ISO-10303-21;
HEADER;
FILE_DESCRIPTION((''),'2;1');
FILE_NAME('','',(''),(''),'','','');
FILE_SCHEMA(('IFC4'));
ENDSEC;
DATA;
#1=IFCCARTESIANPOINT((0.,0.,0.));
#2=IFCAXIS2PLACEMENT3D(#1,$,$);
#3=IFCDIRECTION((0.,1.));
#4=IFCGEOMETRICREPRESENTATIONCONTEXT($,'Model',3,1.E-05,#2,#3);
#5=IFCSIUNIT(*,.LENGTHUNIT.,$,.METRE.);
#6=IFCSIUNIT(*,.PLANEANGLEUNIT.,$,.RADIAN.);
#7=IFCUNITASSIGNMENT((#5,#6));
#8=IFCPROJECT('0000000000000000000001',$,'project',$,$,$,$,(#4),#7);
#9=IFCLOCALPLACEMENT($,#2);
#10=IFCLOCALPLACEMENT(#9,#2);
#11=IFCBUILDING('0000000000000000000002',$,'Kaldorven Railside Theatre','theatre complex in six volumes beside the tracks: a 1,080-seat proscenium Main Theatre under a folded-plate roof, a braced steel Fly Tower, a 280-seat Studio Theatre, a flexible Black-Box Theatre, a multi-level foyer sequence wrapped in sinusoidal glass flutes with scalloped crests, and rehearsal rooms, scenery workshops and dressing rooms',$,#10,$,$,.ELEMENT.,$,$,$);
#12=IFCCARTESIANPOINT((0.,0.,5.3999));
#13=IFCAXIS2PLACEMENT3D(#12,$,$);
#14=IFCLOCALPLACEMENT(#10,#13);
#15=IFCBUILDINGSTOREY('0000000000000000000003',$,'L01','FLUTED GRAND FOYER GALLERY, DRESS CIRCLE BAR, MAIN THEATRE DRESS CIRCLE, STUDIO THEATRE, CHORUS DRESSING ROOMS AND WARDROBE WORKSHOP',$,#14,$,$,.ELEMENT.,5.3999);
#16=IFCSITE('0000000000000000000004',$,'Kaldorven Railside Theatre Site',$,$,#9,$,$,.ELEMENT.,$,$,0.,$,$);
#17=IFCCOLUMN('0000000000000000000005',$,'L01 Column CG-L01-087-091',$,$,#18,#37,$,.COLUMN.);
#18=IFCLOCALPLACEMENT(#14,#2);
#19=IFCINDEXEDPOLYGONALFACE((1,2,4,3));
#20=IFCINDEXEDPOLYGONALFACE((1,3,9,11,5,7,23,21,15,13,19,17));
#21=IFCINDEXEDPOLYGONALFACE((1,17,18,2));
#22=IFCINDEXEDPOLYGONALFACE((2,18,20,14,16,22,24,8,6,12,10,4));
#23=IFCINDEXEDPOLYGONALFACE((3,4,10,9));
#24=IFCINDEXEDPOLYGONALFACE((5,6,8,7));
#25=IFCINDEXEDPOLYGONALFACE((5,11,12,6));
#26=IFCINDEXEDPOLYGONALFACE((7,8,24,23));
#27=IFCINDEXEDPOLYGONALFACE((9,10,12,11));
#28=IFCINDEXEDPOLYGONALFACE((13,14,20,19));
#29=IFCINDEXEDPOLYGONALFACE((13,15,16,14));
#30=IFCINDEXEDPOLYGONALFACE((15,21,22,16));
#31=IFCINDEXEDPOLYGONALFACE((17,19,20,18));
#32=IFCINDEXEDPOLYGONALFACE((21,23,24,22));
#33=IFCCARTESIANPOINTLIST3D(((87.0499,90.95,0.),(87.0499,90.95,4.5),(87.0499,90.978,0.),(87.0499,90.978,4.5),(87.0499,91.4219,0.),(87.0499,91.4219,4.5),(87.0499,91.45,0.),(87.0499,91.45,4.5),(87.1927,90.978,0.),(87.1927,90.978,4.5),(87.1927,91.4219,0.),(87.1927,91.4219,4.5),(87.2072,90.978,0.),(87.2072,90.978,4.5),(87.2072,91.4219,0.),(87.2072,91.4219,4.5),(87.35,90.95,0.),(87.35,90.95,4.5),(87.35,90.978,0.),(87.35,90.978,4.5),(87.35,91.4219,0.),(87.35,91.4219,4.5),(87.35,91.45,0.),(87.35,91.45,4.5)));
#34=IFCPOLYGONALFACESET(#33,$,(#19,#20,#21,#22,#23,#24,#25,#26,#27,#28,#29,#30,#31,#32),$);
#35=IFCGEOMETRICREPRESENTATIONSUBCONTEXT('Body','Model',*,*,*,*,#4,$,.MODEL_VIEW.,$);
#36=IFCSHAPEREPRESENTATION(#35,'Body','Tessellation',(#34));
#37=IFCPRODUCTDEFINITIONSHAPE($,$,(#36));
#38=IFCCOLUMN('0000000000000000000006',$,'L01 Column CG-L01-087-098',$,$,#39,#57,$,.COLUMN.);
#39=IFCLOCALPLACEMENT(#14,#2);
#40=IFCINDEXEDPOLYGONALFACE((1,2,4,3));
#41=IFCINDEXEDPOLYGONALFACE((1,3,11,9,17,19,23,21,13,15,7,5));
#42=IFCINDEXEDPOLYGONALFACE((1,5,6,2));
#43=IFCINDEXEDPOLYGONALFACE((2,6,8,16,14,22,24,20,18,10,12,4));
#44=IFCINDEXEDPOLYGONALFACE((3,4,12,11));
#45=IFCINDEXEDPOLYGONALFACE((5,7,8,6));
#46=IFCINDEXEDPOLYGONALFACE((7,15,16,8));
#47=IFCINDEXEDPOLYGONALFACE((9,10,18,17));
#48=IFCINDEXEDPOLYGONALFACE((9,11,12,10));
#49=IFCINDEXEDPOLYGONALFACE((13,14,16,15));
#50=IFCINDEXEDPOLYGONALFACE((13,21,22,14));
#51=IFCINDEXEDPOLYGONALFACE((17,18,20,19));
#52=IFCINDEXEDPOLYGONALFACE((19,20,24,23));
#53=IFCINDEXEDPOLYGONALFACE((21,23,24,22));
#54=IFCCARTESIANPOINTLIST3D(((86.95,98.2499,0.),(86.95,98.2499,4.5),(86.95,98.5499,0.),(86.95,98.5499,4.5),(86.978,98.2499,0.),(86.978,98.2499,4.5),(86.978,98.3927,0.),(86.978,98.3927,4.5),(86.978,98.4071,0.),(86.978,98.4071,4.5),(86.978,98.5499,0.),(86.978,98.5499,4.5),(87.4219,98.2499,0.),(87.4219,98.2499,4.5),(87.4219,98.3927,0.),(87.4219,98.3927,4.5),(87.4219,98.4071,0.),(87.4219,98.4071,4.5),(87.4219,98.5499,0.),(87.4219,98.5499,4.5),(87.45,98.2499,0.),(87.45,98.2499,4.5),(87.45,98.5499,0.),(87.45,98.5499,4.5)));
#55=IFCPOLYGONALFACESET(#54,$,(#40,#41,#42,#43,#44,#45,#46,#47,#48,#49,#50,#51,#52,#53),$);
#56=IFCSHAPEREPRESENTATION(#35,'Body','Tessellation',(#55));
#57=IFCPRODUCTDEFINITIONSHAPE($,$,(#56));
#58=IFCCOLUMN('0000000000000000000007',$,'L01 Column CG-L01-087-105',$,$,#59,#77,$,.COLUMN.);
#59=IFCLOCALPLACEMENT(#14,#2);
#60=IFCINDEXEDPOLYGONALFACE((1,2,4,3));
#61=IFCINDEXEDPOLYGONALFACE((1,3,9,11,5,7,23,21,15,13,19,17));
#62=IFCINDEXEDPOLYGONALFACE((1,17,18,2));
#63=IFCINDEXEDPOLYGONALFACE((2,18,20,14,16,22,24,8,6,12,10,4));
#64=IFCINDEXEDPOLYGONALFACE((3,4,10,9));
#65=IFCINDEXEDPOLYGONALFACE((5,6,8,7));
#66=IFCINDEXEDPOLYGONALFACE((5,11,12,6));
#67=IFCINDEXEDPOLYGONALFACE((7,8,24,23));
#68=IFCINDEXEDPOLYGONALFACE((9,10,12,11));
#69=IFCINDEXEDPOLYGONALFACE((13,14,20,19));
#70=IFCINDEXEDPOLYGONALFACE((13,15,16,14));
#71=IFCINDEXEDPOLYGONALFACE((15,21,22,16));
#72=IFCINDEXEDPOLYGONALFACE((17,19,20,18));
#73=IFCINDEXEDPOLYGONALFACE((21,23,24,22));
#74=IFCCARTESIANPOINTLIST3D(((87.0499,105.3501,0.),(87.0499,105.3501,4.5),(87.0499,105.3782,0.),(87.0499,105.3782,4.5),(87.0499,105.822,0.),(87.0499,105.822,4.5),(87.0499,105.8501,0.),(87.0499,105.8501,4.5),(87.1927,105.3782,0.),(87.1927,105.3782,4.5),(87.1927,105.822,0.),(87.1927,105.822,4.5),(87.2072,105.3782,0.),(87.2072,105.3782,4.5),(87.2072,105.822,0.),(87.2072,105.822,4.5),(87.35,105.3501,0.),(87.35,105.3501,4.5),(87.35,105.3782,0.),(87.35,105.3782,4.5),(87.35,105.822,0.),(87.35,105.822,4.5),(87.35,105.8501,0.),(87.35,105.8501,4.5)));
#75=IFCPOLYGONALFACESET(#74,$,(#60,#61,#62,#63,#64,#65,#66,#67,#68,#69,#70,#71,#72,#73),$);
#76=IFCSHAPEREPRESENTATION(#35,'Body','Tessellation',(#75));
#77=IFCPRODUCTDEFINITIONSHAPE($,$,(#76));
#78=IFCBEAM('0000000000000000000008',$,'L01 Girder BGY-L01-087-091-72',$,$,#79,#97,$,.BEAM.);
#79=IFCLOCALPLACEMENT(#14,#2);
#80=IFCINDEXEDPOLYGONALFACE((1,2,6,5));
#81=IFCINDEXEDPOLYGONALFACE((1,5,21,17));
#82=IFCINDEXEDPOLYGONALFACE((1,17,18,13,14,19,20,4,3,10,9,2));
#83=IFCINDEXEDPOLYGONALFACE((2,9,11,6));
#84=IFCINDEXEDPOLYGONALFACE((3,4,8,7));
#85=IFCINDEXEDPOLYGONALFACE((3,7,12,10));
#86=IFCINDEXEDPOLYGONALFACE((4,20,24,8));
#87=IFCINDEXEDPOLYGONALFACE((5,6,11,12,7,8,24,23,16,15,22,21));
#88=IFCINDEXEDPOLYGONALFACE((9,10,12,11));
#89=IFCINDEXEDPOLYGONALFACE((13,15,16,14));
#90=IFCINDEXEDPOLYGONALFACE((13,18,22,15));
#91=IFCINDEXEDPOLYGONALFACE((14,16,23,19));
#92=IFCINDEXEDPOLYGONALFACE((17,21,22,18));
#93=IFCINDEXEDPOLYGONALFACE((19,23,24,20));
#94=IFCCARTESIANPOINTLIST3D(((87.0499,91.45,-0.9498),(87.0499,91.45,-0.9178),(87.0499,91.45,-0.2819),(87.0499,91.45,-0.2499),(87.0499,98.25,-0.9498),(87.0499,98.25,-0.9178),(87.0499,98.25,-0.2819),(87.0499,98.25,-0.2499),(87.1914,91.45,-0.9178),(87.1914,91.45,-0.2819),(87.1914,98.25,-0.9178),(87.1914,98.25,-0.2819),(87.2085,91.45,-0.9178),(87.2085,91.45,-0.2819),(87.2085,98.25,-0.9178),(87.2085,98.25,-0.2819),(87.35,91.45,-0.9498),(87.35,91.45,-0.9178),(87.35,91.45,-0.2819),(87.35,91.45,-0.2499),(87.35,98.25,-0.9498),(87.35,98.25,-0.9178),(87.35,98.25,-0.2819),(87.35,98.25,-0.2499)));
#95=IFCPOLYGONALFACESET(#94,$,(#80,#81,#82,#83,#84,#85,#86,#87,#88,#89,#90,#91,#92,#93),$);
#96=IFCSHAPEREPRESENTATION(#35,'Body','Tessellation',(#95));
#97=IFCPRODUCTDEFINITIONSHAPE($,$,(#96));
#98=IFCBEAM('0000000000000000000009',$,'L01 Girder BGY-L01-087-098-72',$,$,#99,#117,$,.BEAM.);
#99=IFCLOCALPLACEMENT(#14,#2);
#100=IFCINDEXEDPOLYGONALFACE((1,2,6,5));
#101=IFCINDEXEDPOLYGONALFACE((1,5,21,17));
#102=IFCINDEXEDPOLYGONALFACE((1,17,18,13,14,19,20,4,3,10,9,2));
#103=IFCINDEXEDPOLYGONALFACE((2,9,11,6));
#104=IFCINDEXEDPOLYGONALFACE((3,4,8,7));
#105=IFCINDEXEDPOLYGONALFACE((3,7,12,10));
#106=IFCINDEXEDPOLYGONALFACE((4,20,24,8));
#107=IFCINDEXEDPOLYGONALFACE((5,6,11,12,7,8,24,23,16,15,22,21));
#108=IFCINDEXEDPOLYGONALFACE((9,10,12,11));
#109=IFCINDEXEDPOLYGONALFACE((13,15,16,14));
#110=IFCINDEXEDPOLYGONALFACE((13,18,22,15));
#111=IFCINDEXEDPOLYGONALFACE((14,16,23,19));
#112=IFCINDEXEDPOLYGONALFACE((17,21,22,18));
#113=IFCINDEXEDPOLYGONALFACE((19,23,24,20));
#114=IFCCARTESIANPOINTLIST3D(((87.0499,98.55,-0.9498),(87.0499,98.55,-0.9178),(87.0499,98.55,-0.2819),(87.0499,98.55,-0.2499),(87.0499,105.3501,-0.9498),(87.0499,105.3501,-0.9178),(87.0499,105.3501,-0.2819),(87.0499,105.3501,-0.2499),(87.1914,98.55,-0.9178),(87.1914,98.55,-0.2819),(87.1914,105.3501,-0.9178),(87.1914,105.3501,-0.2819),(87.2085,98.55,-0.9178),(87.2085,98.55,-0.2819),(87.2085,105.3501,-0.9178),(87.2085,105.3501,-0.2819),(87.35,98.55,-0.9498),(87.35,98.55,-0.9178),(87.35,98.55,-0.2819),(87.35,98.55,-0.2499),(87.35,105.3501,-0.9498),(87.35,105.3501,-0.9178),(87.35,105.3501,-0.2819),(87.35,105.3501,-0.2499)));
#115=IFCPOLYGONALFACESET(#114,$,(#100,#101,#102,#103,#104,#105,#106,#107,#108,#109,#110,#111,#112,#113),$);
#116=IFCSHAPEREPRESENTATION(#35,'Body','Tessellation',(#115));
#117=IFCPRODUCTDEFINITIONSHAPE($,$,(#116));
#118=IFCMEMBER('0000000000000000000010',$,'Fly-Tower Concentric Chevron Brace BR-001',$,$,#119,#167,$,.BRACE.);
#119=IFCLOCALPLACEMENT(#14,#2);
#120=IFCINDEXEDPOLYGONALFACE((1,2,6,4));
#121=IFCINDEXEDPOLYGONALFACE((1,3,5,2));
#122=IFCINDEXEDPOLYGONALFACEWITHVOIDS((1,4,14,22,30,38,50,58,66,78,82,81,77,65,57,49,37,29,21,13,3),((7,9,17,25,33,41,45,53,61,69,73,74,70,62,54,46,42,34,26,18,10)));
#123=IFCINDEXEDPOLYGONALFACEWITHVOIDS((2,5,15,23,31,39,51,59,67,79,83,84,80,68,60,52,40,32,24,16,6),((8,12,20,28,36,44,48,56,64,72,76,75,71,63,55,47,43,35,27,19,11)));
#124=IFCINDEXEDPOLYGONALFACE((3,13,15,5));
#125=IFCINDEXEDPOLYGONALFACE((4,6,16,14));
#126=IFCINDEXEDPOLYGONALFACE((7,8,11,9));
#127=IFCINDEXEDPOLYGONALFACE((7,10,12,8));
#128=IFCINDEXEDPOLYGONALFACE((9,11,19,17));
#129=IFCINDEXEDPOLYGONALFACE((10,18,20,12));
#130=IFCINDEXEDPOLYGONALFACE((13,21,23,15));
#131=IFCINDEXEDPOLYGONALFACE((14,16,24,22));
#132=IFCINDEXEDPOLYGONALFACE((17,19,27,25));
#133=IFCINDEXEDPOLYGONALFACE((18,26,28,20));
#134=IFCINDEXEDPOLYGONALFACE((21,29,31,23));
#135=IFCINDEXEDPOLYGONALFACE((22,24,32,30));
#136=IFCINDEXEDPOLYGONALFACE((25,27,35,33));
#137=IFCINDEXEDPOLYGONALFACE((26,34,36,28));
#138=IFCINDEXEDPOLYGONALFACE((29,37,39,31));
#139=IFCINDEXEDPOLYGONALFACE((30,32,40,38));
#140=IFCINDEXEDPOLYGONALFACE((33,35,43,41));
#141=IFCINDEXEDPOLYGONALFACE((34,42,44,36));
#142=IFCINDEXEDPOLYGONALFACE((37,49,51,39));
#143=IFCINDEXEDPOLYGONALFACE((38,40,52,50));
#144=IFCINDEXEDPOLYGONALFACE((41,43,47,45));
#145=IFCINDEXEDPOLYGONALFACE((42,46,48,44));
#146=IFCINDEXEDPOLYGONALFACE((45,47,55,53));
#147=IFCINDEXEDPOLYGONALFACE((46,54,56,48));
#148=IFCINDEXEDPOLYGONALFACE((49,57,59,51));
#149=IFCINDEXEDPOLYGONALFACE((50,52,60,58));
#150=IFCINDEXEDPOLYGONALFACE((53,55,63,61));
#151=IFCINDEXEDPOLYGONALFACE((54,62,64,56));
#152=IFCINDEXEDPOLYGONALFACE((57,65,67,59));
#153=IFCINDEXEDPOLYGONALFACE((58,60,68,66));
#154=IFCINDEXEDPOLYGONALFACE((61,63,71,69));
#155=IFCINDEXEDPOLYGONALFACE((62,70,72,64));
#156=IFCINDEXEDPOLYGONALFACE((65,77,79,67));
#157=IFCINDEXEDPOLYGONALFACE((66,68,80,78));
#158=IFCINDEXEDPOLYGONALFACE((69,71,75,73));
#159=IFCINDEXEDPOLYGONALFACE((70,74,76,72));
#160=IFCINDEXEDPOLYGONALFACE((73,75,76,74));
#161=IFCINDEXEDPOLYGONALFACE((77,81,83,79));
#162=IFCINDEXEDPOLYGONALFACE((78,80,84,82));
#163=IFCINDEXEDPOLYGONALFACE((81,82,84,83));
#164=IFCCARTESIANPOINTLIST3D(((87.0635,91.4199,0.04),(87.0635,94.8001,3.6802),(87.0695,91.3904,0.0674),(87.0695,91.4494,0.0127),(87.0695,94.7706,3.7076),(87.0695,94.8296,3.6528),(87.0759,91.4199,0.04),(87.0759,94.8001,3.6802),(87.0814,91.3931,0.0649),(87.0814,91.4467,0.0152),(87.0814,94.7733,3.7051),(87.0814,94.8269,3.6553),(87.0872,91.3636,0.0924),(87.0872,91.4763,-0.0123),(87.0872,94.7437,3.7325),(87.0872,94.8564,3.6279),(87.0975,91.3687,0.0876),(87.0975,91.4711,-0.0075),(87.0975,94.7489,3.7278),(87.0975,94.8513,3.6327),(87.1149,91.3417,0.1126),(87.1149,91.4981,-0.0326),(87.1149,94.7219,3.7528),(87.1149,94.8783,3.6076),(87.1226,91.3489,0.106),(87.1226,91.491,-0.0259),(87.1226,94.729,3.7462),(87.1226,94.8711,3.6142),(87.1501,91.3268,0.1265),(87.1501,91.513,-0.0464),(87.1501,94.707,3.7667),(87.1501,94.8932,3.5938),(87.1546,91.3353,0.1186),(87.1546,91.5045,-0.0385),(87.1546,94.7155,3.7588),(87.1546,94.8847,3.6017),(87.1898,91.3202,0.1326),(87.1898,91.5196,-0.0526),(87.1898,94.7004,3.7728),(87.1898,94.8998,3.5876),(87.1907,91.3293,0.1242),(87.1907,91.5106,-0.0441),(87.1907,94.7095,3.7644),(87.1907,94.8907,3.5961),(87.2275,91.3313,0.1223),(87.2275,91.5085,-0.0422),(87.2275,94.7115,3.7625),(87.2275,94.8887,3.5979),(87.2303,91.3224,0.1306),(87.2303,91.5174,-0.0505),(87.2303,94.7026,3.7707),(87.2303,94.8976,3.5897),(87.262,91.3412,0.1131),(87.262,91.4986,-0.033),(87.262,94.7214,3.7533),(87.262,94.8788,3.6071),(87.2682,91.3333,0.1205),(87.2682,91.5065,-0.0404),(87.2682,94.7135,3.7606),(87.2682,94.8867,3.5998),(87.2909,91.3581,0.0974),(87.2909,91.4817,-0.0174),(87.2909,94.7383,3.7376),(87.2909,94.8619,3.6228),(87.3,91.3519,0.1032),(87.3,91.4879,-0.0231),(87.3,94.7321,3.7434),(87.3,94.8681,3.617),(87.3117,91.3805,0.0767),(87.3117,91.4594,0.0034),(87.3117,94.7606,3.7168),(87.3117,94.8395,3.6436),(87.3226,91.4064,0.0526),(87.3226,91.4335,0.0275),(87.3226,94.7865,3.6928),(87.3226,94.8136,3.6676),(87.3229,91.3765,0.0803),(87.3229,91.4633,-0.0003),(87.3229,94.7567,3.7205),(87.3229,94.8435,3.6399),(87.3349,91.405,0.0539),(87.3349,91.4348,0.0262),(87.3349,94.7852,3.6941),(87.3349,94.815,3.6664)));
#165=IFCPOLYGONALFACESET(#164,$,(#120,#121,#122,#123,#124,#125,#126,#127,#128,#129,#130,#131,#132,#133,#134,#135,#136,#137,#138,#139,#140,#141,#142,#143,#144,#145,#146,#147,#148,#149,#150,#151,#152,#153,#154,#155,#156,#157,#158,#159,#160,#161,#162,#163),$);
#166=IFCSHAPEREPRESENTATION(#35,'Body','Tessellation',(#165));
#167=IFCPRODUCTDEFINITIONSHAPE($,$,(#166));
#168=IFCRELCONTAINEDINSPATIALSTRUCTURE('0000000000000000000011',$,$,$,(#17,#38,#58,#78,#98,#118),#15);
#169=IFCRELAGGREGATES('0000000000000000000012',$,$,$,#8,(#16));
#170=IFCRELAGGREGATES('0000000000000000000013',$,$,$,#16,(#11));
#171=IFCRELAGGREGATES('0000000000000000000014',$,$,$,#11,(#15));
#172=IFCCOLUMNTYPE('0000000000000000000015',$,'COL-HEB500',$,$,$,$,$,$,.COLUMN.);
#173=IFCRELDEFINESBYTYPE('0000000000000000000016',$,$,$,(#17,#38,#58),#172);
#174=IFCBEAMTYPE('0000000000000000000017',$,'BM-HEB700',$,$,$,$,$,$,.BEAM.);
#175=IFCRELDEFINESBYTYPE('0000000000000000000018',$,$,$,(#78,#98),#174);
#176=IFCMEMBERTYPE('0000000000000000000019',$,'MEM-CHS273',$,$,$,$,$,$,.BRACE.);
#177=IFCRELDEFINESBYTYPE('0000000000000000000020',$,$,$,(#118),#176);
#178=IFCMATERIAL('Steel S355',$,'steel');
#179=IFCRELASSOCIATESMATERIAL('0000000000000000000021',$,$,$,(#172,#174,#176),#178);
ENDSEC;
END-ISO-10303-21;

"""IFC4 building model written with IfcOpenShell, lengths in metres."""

from ifc_helpers import new_model, si_unit, direction, frame, origin, origin_2d, place, context, subcontext, project, spatial, hollow_circle, i_section, extrude, material, material_profile, profile_set, type_object, element, save


model = new_model("IFC4")

# Units and contexts
model_context = context("Model", 3, precision=1e-05, world=origin(), true_north=direction((0.0, 1.0)))
body_context = subcontext(model_context, "Body", "Model", "MODEL_VIEW")
ifc_project = project(units=[si_unit("LENGTHUNIT", "METRE"), si_unit("PLANEANGLEUNIT", "RADIAN")], contexts=[model_context])

# Site, building, storey
site_placement = place(None, origin())
site = spatial("IfcSite", under=ifc_project, at=site_placement, Name="Kaldorven Railside Theatre Site", CompositionType="ELEMENT", RefElevation=0.0)
building_placement = place(site_placement, origin())
building = spatial("IfcBuilding", under=site, at=building_placement, Name="Kaldorven Railside Theatre", Description="theatre complex in six volumes beside the tracks: a 1,080-seat proscenium Main Theatre under a folded-plate roof, a braced steel Fly Tower, a 280-seat Studio Theatre, a flexible Black-Box Theatre, a multi-level foyer sequence wrapped in sinusoidal glass flutes with scalloped crests, and rehearsal rooms, scenery workshops and dressing rooms", CompositionType="ELEMENT")
storey_placement = place(building_placement, frame((0.0, 0.0, 5.3999)))
storey = spatial("IfcBuildingStorey", under=building, at=storey_placement, Name="L01", Description="FLUTED GRAND FOYER GALLERY, DRESS CIRCLE BAR, MAIN THEATRE DRESS CIRCLE, STUDIO THEATRE, CHORUS DRESSING ROOMS AND WARDROBE WORKSHOP", CompositionType="ELEMENT", Elevation=5.3999)

# Columns
ifc_material_1 = material(Name="Steel S355", Category="steel")
ifc_material_profile_1 = material_profile(ifc_material_1, i_section(OverallWidth=0.3, OverallDepth=0.5, WebThickness=0.0144, FlangeThickness=0.0281, at=origin_2d()), Name="HEB 500")
ifc_profile_set_1 = profile_set([ifc_material_profile_1], Name="Steel S355")
column_type = type_object("IfcColumnType", Name="COL-HEB500", PredefinedType="COLUMN", material=ifc_profile_set_1)
for number, where, z_axis, x_axis, name in (
    (1, (87.2, 91.2, 0.0), (0.0, 0.0, 1.0), (1.0, 0.0, 0.0), "L01 Column CG-L01-087-091"),
    (2, (87.2, 98.3999, 0.0), (0.0, 0.0, 1.0), (0.0, 1.0, 0.0), "L01 Column CG-L01-087-098"),
    (3, (87.2, 105.6001, 0.0), (0.0, 0.0, 1.0), (1.0, 0.0, 0.0), "L01 Column CG-L01-087-105"),
):
    element("IfcColumn", number, at=place(storey_placement, frame(where, z_axis=z_axis, x_axis=x_axis)), inside=storey, type_object=column_type, Name=name, PredefinedType="COLUMN", context=body_context, shape_type="SweptSolid", body=[
        extrude(i_section(OverallWidth=0.3, OverallDepth=0.5, WebThickness=0.0144, FlangeThickness=0.0281, at=origin_2d()), origin(), (0.0, 0.0, 1.0), 4.5),
    ])

# Beams
ifc_material_profile_2 = material_profile(ifc_material_1, i_section(OverallWidth=0.3, OverallDepth=0.7, WebThickness=0.0171, FlangeThickness=0.032, at=origin_2d()), Name="HEB 700")
ifc_profile_set_2 = profile_set([ifc_material_profile_2], Name="Steel S355")
beam_type = type_object("IfcBeamType", Name="BM-HEB700", PredefinedType="BEAM", material=ifc_profile_set_2)
for number, where, z_axis, x_axis, name in (
    (4, (87.2, 91.45, -0.5999), (0.0, 1.0, 0.0), (-1.0, 0.0, 0.0), "L01 Girder BGY-L01-087-091-72"),
    (5, (87.2, 98.55, -0.5999), (0.0, 1.0, 0.0), (-1.0, 0.0, 0.0), "L01 Girder BGY-L01-087-098-72"),
):
    element("IfcBeam", number, at=place(storey_placement, frame(where, z_axis=z_axis, x_axis=x_axis)), inside=storey, type_object=beam_type, Name=name, PredefinedType="BEAM", context=body_context, shape_type="SweptSolid", body=[
        extrude(i_section(OverallWidth=0.3, OverallDepth=0.7, WebThickness=0.0171, FlangeThickness=0.032, at=origin_2d()), origin(), (0.0, 0.0, 1.0), 6.8),
    ])

# Member
ifc_material_profile_3 = material_profile(ifc_material_1, hollow_circle(Radius=0.1365, WallThickness=0.0125, at=origin_2d()), Name="CHS 273x12.5")
ifc_profile_set_3 = profile_set([ifc_material_profile_3], Name="Steel S355")
member_type = type_object("IfcMemberType", Name="MEM-CHS273", PredefinedType="BRACE", material=ifc_profile_set_3)
member_placement = place(storey_placement, frame((87.2, 91.4199, 0.04), z_axis=(0.0, 0.680451, 0.732793), x_axis=(-1.0, 0.0, 0.0)))
element("IfcMember", 6, at=member_placement, inside=storey, type_object=member_type, Name="Fly-Tower Concentric Chevron Brace BR-001", PredefinedType="BRACE", context=body_context, shape_type="SweptSolid", body=[
    extrude(hollow_circle(Radius=0.1365, WallThickness=0.0125, at=origin_2d()), origin(), (0.0, 0.0, 1.0), 4.9675),
])

save(model, "model.ifc")
